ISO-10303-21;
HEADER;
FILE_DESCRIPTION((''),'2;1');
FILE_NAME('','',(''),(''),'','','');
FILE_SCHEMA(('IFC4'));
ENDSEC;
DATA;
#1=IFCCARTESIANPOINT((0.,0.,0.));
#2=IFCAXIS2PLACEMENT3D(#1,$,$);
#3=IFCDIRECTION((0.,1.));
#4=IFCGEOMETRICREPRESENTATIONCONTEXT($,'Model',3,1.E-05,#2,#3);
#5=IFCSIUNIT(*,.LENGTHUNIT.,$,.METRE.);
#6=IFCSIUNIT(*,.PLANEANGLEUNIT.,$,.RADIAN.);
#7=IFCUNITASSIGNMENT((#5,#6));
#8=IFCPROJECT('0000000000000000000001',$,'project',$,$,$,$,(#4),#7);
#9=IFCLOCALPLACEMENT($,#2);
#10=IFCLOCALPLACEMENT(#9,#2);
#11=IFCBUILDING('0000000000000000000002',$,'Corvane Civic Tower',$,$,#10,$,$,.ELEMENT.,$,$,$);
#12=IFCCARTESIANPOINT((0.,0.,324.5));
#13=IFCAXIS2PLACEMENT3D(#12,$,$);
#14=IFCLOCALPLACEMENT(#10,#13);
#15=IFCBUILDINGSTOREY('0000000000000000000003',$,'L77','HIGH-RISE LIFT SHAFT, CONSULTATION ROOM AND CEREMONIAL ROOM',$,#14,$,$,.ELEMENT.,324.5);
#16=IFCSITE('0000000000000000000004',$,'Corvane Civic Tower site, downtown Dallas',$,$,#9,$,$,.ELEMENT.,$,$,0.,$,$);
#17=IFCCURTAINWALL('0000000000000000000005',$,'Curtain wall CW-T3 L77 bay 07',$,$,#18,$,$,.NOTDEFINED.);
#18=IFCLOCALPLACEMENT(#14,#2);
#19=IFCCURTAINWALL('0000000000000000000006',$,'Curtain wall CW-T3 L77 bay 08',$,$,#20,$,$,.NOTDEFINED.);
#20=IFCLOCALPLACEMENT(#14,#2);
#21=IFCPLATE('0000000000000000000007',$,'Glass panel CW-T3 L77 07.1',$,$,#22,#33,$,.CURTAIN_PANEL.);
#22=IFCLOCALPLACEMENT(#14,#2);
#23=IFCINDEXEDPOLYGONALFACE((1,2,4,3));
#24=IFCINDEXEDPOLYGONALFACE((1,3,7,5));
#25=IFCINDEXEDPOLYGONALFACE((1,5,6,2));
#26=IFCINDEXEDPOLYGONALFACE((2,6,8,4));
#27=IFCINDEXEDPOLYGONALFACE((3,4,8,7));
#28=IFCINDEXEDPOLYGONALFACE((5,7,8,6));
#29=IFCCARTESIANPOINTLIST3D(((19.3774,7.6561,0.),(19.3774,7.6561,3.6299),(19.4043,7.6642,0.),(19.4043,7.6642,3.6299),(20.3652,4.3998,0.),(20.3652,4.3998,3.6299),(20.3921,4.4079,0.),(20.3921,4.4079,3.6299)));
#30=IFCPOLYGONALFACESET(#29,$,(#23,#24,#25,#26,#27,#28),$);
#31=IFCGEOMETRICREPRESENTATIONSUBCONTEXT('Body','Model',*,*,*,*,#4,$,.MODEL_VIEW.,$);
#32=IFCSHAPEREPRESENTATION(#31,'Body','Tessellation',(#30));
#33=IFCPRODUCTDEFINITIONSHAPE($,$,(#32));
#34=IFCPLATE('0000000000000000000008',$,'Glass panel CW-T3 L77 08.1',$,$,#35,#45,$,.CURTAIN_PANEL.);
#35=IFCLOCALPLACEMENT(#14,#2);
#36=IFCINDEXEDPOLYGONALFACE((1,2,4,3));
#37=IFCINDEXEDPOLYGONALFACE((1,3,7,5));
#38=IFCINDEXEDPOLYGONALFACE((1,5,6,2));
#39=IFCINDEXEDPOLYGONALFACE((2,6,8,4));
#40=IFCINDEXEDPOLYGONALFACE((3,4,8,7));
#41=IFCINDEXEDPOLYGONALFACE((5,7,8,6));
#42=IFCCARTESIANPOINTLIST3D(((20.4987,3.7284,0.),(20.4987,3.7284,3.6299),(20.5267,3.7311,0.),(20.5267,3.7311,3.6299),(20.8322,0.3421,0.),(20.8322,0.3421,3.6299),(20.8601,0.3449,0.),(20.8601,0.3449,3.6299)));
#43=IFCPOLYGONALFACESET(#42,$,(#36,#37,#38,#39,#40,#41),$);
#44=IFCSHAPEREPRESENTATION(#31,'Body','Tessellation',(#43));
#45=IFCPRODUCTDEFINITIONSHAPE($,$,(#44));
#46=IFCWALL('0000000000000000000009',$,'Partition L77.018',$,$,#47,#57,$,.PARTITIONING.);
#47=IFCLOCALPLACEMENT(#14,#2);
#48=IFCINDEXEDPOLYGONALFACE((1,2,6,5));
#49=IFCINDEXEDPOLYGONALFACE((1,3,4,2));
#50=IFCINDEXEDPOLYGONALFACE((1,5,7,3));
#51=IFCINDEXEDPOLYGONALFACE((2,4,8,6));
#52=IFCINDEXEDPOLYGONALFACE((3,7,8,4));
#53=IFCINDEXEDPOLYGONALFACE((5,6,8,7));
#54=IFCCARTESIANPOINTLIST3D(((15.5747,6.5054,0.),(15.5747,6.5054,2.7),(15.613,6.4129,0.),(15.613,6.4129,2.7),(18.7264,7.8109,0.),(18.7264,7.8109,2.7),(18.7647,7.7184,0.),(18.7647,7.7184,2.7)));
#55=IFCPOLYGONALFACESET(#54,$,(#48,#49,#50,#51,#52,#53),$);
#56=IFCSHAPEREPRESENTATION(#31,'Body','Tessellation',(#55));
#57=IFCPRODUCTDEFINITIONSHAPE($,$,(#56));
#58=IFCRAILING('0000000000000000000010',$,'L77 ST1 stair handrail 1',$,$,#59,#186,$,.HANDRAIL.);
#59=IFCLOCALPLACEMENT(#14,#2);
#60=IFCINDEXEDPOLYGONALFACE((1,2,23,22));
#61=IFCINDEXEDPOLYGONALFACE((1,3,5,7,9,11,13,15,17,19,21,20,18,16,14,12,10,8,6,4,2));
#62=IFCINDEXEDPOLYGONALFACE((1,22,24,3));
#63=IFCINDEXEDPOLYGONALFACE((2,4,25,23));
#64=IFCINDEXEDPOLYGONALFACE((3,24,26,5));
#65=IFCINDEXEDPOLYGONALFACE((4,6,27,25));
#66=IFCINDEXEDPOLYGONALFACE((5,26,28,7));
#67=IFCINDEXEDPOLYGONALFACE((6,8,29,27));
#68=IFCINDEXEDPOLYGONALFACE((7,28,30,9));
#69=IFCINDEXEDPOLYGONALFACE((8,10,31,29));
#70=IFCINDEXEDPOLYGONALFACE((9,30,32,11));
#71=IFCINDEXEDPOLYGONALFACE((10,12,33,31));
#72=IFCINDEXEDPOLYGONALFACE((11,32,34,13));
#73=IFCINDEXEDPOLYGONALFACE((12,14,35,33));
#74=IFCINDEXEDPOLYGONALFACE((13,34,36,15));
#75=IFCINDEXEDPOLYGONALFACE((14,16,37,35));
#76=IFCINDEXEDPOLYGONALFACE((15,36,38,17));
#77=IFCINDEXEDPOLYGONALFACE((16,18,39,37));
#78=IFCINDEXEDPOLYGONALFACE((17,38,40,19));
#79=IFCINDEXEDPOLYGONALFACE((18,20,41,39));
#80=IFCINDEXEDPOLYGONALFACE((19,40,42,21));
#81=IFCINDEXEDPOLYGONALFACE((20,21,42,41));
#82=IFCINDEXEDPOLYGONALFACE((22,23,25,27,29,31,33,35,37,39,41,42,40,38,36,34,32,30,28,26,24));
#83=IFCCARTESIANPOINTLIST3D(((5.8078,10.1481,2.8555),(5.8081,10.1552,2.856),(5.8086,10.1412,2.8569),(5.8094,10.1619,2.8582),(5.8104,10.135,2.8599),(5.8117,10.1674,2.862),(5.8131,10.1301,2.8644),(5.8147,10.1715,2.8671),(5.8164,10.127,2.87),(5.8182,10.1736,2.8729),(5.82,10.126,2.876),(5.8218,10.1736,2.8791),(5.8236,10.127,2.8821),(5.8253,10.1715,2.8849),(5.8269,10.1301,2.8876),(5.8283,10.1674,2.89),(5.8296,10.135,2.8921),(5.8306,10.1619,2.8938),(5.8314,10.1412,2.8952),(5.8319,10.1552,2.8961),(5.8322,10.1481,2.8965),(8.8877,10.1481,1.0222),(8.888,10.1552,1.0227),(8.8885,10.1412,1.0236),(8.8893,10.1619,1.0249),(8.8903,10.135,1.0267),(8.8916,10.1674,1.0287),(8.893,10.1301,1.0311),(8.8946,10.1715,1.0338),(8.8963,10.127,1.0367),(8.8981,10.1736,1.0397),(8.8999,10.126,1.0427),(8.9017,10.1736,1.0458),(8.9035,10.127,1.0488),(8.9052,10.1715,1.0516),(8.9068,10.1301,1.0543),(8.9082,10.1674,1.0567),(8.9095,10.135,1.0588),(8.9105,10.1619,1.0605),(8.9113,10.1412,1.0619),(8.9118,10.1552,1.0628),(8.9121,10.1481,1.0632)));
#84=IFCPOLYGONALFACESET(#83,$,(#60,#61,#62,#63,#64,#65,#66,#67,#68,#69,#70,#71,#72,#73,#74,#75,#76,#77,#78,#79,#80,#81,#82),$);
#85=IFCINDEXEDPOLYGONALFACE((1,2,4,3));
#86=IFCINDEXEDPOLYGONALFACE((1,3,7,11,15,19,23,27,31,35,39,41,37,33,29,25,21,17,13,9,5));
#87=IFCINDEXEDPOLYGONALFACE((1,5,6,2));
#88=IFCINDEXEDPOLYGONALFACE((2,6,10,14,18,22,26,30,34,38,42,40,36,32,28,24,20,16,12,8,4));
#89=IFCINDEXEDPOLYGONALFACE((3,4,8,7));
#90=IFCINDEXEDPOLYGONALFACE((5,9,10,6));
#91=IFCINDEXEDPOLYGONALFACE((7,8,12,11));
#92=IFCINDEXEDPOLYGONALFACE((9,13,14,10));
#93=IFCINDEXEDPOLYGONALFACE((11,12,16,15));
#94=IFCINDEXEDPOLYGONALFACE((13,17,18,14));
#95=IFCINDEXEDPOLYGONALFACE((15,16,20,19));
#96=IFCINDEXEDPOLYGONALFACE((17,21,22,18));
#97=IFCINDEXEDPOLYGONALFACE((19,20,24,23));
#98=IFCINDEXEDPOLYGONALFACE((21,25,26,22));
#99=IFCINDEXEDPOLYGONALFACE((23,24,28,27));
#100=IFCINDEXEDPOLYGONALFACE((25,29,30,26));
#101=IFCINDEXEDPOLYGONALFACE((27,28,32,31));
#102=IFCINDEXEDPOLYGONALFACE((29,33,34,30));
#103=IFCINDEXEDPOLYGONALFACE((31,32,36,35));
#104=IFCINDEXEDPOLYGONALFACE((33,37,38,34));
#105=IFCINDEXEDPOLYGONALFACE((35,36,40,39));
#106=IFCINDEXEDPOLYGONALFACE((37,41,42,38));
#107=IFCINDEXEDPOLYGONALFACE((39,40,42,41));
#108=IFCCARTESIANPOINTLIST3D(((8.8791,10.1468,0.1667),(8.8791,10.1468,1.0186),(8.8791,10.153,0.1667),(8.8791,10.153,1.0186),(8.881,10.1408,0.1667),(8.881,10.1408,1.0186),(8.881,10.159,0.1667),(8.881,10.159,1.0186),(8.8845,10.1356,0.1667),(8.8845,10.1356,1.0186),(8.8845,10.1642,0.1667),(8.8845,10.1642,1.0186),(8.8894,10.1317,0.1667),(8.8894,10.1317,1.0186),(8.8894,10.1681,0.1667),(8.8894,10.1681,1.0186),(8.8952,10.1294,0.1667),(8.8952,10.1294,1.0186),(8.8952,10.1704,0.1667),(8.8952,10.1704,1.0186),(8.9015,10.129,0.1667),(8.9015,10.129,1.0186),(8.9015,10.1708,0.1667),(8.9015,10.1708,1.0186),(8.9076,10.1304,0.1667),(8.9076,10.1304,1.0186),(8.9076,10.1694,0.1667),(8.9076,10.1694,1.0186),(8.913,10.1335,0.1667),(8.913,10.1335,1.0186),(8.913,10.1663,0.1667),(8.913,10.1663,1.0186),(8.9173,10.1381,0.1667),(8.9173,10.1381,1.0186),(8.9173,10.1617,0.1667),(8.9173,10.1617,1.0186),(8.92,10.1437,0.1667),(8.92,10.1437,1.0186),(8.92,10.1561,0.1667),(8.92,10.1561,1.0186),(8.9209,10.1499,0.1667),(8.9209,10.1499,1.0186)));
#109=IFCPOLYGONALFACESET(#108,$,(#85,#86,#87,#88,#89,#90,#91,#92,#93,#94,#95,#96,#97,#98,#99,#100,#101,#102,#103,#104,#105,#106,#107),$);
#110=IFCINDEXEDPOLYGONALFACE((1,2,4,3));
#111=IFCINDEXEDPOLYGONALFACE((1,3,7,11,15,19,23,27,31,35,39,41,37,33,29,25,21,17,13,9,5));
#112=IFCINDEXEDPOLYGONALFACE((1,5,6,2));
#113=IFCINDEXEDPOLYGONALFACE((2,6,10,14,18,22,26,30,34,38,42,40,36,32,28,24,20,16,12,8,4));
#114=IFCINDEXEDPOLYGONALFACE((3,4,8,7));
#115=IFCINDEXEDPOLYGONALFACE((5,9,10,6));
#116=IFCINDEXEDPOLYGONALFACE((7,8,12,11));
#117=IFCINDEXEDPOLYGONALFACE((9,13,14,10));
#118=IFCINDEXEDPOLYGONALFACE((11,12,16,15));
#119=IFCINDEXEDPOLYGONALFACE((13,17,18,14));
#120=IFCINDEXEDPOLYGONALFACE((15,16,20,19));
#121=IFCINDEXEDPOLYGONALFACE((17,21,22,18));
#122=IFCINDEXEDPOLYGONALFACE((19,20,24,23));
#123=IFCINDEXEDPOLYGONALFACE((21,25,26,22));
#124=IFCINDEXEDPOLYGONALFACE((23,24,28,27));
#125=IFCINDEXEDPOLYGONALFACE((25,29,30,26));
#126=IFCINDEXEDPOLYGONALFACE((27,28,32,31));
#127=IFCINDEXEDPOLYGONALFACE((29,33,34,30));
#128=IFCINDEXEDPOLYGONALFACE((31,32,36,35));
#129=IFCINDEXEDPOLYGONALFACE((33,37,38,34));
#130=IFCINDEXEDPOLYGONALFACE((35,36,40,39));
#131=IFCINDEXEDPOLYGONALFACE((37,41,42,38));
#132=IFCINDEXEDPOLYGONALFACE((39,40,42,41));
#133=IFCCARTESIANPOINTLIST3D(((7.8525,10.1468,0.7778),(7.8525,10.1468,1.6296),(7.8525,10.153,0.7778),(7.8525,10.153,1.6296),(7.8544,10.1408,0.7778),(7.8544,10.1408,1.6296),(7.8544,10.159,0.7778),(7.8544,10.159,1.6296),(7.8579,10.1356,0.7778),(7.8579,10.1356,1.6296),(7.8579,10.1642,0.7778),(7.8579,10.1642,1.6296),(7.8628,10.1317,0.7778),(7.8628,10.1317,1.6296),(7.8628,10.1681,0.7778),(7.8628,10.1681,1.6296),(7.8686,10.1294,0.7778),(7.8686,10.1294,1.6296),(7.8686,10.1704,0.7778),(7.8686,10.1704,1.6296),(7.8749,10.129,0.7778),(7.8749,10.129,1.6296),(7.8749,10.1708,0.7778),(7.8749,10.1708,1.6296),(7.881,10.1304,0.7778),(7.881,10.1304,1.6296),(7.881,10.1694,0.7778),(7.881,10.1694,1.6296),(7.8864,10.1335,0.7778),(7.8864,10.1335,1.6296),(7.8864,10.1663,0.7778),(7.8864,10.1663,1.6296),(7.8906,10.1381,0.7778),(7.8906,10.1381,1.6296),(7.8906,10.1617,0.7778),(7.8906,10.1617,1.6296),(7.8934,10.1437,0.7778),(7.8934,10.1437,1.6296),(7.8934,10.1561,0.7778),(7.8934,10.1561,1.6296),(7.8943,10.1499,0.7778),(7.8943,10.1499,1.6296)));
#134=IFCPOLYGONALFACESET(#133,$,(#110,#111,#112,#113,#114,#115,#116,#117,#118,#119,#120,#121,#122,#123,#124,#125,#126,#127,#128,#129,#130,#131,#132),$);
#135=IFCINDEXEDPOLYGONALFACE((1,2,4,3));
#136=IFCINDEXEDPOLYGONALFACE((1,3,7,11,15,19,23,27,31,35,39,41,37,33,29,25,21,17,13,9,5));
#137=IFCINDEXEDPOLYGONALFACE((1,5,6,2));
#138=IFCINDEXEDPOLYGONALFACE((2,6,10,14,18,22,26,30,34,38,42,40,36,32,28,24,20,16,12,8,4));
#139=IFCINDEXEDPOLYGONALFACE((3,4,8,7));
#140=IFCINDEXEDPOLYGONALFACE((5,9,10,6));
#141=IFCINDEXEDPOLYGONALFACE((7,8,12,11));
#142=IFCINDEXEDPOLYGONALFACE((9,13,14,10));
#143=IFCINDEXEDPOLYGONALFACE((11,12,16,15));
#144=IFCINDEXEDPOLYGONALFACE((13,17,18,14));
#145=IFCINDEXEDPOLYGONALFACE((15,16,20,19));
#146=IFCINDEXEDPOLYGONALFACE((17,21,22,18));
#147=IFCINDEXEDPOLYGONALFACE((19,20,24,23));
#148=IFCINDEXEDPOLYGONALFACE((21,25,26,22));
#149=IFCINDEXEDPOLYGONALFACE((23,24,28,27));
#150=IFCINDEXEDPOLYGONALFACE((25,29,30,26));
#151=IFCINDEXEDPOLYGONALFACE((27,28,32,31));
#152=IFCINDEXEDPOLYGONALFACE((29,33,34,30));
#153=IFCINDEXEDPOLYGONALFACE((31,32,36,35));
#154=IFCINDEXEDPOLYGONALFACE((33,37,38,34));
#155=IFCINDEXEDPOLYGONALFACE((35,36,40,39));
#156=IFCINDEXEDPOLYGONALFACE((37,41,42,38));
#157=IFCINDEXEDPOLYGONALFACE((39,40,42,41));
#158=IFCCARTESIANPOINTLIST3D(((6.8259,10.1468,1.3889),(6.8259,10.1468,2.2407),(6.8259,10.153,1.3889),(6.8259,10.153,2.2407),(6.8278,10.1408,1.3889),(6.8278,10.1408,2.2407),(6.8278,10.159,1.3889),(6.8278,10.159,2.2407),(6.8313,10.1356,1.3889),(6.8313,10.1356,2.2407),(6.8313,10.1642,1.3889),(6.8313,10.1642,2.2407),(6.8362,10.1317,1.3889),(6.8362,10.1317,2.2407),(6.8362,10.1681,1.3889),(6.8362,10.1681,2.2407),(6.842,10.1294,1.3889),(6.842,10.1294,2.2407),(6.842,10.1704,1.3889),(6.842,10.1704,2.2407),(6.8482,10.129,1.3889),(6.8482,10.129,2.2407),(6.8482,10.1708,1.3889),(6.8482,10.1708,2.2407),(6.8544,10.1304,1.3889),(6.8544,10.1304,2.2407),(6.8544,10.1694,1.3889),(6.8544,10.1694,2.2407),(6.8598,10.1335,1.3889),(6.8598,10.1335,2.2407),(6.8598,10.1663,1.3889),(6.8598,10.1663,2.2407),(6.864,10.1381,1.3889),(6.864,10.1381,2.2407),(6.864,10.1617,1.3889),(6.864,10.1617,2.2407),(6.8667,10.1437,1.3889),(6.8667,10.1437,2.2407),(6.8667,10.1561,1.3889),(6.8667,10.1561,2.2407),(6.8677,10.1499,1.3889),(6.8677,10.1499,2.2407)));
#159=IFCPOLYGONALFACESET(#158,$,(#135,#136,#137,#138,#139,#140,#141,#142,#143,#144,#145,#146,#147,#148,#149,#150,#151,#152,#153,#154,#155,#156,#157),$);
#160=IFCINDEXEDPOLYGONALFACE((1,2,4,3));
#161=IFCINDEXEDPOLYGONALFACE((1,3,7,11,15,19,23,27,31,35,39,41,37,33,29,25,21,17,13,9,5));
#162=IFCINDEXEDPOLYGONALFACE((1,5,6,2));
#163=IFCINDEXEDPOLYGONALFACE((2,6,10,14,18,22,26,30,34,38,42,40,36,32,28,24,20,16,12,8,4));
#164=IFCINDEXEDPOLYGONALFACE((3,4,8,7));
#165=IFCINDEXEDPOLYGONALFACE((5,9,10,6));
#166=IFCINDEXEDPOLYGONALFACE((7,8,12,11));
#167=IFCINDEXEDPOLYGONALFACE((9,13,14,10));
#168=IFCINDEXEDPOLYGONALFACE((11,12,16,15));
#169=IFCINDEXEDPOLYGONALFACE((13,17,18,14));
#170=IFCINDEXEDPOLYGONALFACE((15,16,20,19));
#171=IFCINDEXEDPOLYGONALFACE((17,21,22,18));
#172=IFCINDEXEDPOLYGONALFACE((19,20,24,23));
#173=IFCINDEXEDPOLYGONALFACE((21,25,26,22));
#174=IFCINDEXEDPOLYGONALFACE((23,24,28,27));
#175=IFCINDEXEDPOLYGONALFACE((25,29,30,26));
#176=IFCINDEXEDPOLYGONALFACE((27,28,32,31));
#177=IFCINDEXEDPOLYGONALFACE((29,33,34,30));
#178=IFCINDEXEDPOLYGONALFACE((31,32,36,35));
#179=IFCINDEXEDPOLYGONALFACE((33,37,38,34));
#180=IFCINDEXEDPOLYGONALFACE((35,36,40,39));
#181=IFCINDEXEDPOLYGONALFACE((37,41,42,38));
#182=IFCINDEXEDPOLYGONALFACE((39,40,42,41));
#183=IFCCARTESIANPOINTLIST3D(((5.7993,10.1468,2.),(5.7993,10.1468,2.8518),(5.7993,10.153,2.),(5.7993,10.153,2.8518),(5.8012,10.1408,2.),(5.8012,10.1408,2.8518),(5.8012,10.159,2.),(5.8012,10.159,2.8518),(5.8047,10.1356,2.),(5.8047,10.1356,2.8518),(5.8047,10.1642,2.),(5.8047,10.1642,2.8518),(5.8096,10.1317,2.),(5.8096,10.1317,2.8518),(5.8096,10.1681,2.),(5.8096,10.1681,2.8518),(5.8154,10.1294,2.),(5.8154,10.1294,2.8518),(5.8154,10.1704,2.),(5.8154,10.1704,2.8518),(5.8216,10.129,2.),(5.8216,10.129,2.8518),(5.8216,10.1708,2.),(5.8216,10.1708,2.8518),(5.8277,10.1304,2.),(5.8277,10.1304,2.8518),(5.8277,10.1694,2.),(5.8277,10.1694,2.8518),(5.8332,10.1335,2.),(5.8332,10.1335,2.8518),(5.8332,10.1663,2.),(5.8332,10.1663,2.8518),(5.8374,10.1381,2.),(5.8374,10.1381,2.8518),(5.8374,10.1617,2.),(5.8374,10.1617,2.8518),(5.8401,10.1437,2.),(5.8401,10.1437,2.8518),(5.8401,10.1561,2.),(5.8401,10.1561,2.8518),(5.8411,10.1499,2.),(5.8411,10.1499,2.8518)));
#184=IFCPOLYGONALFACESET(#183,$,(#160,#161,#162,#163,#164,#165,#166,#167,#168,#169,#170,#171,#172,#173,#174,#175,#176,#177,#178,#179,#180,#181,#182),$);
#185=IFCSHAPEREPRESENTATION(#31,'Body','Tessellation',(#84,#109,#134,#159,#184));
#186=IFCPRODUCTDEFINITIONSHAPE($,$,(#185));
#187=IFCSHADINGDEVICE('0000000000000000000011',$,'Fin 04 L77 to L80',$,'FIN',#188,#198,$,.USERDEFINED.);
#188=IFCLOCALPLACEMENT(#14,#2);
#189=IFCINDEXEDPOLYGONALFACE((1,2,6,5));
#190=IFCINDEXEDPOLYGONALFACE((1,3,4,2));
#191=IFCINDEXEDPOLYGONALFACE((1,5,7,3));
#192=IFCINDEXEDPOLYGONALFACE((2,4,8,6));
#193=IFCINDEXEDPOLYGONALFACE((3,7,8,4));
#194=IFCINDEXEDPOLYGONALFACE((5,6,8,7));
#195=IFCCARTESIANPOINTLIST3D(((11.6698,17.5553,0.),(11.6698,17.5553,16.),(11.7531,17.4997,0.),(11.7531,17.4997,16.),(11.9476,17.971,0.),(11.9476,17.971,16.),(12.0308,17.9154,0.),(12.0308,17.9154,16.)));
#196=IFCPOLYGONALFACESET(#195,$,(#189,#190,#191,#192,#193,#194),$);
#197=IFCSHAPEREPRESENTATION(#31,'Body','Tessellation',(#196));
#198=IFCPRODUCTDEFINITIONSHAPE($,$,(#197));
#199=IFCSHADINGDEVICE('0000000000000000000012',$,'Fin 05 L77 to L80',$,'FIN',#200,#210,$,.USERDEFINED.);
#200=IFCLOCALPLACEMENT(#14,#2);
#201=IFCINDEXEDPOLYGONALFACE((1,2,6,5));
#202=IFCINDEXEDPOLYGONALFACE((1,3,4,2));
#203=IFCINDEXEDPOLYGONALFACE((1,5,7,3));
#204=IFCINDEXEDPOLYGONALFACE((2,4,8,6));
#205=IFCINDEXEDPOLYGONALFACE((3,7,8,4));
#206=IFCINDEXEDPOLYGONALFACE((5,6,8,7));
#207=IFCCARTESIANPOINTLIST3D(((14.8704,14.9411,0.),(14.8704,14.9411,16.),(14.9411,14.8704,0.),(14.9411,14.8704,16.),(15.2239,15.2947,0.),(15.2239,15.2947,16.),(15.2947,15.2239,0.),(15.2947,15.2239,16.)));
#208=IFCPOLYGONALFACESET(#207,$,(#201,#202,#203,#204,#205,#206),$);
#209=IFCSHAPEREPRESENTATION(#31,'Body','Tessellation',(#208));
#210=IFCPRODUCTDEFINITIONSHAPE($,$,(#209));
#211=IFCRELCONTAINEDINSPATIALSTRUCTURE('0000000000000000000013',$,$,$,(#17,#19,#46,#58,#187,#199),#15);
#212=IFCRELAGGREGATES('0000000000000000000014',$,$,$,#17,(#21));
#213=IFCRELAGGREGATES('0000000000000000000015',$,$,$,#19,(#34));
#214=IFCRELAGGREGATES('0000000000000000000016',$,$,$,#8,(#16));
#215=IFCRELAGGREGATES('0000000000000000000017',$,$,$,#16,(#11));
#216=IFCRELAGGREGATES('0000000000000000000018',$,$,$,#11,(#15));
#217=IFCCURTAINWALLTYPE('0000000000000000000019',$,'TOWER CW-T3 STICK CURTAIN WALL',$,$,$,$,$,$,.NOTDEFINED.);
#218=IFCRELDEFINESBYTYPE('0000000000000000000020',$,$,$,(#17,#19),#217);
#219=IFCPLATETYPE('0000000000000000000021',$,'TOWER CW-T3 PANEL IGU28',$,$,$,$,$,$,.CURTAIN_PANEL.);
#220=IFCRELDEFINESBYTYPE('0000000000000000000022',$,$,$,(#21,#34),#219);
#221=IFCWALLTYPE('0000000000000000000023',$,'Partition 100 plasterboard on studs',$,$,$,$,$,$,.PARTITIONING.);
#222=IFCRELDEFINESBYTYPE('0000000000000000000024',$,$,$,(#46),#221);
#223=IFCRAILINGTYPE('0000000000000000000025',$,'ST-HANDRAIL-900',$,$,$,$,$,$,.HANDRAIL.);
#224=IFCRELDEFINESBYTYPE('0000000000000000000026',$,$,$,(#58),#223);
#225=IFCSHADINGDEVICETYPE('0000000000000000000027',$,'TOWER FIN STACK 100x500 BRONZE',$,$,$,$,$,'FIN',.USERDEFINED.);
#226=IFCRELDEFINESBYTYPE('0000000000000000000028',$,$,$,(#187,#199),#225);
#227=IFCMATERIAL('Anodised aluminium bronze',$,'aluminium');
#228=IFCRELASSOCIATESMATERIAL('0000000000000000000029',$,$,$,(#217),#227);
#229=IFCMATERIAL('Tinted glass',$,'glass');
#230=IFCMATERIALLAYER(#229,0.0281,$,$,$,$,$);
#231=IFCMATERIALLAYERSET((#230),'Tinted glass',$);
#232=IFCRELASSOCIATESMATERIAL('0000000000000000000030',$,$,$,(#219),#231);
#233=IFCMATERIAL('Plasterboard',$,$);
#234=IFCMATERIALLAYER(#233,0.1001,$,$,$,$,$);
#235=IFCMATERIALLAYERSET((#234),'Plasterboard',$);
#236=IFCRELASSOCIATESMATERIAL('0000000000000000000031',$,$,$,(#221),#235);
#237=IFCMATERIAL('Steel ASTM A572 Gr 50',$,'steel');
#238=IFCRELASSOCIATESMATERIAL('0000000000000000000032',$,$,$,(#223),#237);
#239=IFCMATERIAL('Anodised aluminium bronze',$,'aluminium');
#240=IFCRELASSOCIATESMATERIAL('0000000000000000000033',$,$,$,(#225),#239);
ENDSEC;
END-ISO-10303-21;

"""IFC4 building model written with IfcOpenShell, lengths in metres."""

from ifc_helpers import new_model, si_unit, direction, frame, frame_2d, origin, origin_2d, place, context, subcontext, project, spatial, rectangle, circle, extrude, material, layer, layer_set, material_profile, profile_set, type_object, element, aggregate, save


model = new_model("IFC4")

# Units and contexts
model_context = context("Model", 3, precision=1e-05, world=origin(), true_north=direction((0.0, 1.0)))
body_context = subcontext(model_context, "Body", "Model", "MODEL_VIEW")
ifc_project = project(units=[si_unit("LENGTHUNIT", "METRE"), si_unit("PLANEANGLEUNIT", "RADIAN")], contexts=[model_context])

# Site, building, storey
site_placement = place(None, origin())
site = spatial("IfcSite", under=ifc_project, at=site_placement, Name="Corvane Civic Tower site, downtown Dallas", CompositionType="ELEMENT", RefElevation=0.0)
building_placement = place(site_placement, origin())
building = spatial("IfcBuilding", under=site, at=building_placement, Name="Corvane Civic Tower", CompositionType="ELEMENT")
storey_placement = place(building_placement, frame((0.0, 0.0, 324.5)))
storey = spatial("IfcBuildingStorey", under=building, at=storey_placement, Name="L77", Description="HIGH-RISE LIFT SHAFT, CONSULTATION ROOM AND CEREMONIAL ROOM", CompositionType="ELEMENT", Elevation=324.5)

# Curtain walls
ifc_material_1 = material(Name="Anodised aluminium bronze", Category="aluminium")
curtain_wall_type = type_object("IfcCurtainWallType", Name="TOWER CW-T3 STICK CURTAIN WALL", PredefinedType="NOTDEFINED", material=ifc_material_1)
curtain_wall_1_placement = place(storey_placement, origin())
curtain_wall_1 = element("IfcCurtainWall", 1, at=curtain_wall_1_placement, inside=storey, type_object=curtain_wall_type, Name="Curtain wall CW-T3 L77 bay 07", PredefinedType="NOTDEFINED")
curtain_wall_2_placement = place(storey_placement, origin())
curtain_wall_2 = element("IfcCurtainWall", 2, at=curtain_wall_2_placement, inside=storey, type_object=curtain_wall_type, Name="Curtain wall CW-T3 L77 bay 08", PredefinedType="NOTDEFINED")

# Shared definitions
ifc_material_2 = material(Name="Tinted glass", Category="glass")
ifc_layer_1 = layer(ifc_material_2, 0.0281)
ifc_layer_set_1 = layer_set([ifc_layer_1], Name="Tinted glass")
plate_type = type_object("IfcPlateType", Name="TOWER CW-T3 PANEL IGU28", PredefinedType="CURTAIN_PANEL", material=ifc_layer_set_1)

# Plates
plate_1_placement = place(storey_placement, frame((19.8848, 6.032, 0.0), z_axis=(0.0, 0.0, 1.0), x_axis=(0.29029, -0.956939, 0.0)))
plate_1 = element("IfcPlate", 3, at=plate_1_placement, type_object=plate_type, Name="Glass panel CW-T3 L77 07.1", PredefinedType="CURTAIN_PANEL", context=body_context, shape_type="SweptSolid", body=[
    extrude(rectangle(XDim=3.4028, YDim=0.0281, at=origin_2d()), origin(), (0.0, 0.0, 1.0), 3.6299),
])
aggregate(curtain_wall_1, [plate_1])
plate_2_placement = place(storey_placement, frame((20.6794, 2.0366, 0.0), z_axis=(0.0, 0.0, 1.0), x_axis=(0.097998, -0.995187, 0.0)))
plate_2 = element("IfcPlate", 4, at=plate_2_placement, type_object=plate_type, Name="Glass panel CW-T3 L77 08.1", PredefinedType="CURTAIN_PANEL", context=body_context, shape_type="SweptSolid", body=[
    extrude(rectangle(XDim=3.4026, YDim=0.0281, at=origin_2d()), origin(), (0.0, 0.0, 1.0), 3.6299),
])
aggregate(curtain_wall_2, [plate_2])

# Wall
ifc_material_3 = material(Name="Plasterboard")
ifc_layer_2 = layer(ifc_material_3, 0.1001)
ifc_layer_set_2 = layer_set([ifc_layer_2], Name="Plasterboard")
wall_type = type_object("IfcWallType", Name="Partition 100 plasterboard on studs", PredefinedType="PARTITIONING", material=ifc_layer_set_2)
wall_placement = place(storey_placement, frame((15.594, 6.4592, 0.0), z_axis=(0.0, 0.0, 1.0), x_axis=(0.923882, 0.382678, 0.0)))
element("IfcWall", 5, at=wall_placement, inside=storey, type_object=wall_type, Name="Partition L77.018", PredefinedType="PARTITIONING", context=body_context, shape_type="SweptSolid", body=[
    extrude(rectangle(XDim=3.4114, YDim=0.1001, at=frame_2d((1.7056, 0.0))), origin(), (0.0, 0.0, 1.0), 2.7),
])

# Railing
ifc_material_4 = material(Name="Steel ASTM A572 Gr 50", Category="steel")
railing_type_1 = type_object("IfcRailingType", Name="ST-HANDRAIL-900", PredefinedType="HANDRAIL", material=ifc_material_4)
railing_1_placement = place(storey_placement, frame((8.8999, 10.1499, 0.1667)))
element("IfcRailing", 6, at=railing_1_placement, inside=storey, type_object=railing_type_1, Name="L77 ST1 stair handrail 1", PredefinedType="HANDRAIL", context=body_context, shape_type="SweptSolid", body=[
    extrude(circle(Radius=0.0239, at=origin_2d()), frame((0.0, 0.0, 0.876), z_axis=(-0.859291, 0.0, 0.511487), x_axis=(0.0, -1.0, 0.0)), (0.0, 0.0, 1.0), 3.5842),
    extrude(circle(Radius=0.021, at=origin_2d()), origin(), (0.0, 0.0, 1.0), 0.8518),
    extrude(circle(Radius=0.021, at=origin_2d()), frame((-1.0266, 0.0, 0.6111)), (0.0, 0.0, 1.0), 0.8518),
    extrude(circle(Radius=0.021, at=origin_2d()), frame((-2.0532, 0.0, 1.2222)), (0.0, 0.0, 1.0), 0.8518),
    extrude(circle(Radius=0.021, at=origin_2d()), frame((-3.0798, 0.0, 1.8333)), (0.0, 0.0, 1.0), 0.8518),
])

# Shading devices
ifc_material_5 = material(Name="Anodised aluminium bronze", Category="aluminium")
ifc_material_profile_1 = material_profile(ifc_material_5, rectangle(XDim=0.1001, YDim=0.5, at=origin_2d()), Name="TOWER FIN STACK 100x500 BRONZE")
ifc_profile_set_1 = profile_set([ifc_material_profile_1], Name="Anodised aluminium bronze")
shading_device_type = type_object("IfcShadingDeviceType", Name="TOWER FIN STACK 100x500 BRONZE", ElementType="FIN", PredefinedType="USERDEFINED", material=ifc_profile_set_1)
for number, where, z_axis, x_axis, name in (
    (7, (11.8503, 17.7354, 0.0), (0.0, 0.0, 1.0), (0.83147, -0.55557, 0.0), "Fin 04 L77 to L80"),
    (8, (15.0825, 15.0825, 0.0), (0.0, 0.0, 1.0), (0.707107, -0.707107, 0.0), "Fin 05 L77 to L80"),
):
    element("IfcShadingDevice", number, at=place(storey_placement, frame(where, z_axis=z_axis, x_axis=x_axis)), inside=storey, type_object=shading_device_type, Name=name, ObjectType="FIN", PredefinedType="USERDEFINED", context=body_context, shape_type="SweptSolid", body=[
        extrude(rectangle(XDim=0.1001, YDim=0.5, at=origin_2d()), origin(), (0.0, 0.0, 1.0), 16.0),
    ])

save(model, "model.ifc")
